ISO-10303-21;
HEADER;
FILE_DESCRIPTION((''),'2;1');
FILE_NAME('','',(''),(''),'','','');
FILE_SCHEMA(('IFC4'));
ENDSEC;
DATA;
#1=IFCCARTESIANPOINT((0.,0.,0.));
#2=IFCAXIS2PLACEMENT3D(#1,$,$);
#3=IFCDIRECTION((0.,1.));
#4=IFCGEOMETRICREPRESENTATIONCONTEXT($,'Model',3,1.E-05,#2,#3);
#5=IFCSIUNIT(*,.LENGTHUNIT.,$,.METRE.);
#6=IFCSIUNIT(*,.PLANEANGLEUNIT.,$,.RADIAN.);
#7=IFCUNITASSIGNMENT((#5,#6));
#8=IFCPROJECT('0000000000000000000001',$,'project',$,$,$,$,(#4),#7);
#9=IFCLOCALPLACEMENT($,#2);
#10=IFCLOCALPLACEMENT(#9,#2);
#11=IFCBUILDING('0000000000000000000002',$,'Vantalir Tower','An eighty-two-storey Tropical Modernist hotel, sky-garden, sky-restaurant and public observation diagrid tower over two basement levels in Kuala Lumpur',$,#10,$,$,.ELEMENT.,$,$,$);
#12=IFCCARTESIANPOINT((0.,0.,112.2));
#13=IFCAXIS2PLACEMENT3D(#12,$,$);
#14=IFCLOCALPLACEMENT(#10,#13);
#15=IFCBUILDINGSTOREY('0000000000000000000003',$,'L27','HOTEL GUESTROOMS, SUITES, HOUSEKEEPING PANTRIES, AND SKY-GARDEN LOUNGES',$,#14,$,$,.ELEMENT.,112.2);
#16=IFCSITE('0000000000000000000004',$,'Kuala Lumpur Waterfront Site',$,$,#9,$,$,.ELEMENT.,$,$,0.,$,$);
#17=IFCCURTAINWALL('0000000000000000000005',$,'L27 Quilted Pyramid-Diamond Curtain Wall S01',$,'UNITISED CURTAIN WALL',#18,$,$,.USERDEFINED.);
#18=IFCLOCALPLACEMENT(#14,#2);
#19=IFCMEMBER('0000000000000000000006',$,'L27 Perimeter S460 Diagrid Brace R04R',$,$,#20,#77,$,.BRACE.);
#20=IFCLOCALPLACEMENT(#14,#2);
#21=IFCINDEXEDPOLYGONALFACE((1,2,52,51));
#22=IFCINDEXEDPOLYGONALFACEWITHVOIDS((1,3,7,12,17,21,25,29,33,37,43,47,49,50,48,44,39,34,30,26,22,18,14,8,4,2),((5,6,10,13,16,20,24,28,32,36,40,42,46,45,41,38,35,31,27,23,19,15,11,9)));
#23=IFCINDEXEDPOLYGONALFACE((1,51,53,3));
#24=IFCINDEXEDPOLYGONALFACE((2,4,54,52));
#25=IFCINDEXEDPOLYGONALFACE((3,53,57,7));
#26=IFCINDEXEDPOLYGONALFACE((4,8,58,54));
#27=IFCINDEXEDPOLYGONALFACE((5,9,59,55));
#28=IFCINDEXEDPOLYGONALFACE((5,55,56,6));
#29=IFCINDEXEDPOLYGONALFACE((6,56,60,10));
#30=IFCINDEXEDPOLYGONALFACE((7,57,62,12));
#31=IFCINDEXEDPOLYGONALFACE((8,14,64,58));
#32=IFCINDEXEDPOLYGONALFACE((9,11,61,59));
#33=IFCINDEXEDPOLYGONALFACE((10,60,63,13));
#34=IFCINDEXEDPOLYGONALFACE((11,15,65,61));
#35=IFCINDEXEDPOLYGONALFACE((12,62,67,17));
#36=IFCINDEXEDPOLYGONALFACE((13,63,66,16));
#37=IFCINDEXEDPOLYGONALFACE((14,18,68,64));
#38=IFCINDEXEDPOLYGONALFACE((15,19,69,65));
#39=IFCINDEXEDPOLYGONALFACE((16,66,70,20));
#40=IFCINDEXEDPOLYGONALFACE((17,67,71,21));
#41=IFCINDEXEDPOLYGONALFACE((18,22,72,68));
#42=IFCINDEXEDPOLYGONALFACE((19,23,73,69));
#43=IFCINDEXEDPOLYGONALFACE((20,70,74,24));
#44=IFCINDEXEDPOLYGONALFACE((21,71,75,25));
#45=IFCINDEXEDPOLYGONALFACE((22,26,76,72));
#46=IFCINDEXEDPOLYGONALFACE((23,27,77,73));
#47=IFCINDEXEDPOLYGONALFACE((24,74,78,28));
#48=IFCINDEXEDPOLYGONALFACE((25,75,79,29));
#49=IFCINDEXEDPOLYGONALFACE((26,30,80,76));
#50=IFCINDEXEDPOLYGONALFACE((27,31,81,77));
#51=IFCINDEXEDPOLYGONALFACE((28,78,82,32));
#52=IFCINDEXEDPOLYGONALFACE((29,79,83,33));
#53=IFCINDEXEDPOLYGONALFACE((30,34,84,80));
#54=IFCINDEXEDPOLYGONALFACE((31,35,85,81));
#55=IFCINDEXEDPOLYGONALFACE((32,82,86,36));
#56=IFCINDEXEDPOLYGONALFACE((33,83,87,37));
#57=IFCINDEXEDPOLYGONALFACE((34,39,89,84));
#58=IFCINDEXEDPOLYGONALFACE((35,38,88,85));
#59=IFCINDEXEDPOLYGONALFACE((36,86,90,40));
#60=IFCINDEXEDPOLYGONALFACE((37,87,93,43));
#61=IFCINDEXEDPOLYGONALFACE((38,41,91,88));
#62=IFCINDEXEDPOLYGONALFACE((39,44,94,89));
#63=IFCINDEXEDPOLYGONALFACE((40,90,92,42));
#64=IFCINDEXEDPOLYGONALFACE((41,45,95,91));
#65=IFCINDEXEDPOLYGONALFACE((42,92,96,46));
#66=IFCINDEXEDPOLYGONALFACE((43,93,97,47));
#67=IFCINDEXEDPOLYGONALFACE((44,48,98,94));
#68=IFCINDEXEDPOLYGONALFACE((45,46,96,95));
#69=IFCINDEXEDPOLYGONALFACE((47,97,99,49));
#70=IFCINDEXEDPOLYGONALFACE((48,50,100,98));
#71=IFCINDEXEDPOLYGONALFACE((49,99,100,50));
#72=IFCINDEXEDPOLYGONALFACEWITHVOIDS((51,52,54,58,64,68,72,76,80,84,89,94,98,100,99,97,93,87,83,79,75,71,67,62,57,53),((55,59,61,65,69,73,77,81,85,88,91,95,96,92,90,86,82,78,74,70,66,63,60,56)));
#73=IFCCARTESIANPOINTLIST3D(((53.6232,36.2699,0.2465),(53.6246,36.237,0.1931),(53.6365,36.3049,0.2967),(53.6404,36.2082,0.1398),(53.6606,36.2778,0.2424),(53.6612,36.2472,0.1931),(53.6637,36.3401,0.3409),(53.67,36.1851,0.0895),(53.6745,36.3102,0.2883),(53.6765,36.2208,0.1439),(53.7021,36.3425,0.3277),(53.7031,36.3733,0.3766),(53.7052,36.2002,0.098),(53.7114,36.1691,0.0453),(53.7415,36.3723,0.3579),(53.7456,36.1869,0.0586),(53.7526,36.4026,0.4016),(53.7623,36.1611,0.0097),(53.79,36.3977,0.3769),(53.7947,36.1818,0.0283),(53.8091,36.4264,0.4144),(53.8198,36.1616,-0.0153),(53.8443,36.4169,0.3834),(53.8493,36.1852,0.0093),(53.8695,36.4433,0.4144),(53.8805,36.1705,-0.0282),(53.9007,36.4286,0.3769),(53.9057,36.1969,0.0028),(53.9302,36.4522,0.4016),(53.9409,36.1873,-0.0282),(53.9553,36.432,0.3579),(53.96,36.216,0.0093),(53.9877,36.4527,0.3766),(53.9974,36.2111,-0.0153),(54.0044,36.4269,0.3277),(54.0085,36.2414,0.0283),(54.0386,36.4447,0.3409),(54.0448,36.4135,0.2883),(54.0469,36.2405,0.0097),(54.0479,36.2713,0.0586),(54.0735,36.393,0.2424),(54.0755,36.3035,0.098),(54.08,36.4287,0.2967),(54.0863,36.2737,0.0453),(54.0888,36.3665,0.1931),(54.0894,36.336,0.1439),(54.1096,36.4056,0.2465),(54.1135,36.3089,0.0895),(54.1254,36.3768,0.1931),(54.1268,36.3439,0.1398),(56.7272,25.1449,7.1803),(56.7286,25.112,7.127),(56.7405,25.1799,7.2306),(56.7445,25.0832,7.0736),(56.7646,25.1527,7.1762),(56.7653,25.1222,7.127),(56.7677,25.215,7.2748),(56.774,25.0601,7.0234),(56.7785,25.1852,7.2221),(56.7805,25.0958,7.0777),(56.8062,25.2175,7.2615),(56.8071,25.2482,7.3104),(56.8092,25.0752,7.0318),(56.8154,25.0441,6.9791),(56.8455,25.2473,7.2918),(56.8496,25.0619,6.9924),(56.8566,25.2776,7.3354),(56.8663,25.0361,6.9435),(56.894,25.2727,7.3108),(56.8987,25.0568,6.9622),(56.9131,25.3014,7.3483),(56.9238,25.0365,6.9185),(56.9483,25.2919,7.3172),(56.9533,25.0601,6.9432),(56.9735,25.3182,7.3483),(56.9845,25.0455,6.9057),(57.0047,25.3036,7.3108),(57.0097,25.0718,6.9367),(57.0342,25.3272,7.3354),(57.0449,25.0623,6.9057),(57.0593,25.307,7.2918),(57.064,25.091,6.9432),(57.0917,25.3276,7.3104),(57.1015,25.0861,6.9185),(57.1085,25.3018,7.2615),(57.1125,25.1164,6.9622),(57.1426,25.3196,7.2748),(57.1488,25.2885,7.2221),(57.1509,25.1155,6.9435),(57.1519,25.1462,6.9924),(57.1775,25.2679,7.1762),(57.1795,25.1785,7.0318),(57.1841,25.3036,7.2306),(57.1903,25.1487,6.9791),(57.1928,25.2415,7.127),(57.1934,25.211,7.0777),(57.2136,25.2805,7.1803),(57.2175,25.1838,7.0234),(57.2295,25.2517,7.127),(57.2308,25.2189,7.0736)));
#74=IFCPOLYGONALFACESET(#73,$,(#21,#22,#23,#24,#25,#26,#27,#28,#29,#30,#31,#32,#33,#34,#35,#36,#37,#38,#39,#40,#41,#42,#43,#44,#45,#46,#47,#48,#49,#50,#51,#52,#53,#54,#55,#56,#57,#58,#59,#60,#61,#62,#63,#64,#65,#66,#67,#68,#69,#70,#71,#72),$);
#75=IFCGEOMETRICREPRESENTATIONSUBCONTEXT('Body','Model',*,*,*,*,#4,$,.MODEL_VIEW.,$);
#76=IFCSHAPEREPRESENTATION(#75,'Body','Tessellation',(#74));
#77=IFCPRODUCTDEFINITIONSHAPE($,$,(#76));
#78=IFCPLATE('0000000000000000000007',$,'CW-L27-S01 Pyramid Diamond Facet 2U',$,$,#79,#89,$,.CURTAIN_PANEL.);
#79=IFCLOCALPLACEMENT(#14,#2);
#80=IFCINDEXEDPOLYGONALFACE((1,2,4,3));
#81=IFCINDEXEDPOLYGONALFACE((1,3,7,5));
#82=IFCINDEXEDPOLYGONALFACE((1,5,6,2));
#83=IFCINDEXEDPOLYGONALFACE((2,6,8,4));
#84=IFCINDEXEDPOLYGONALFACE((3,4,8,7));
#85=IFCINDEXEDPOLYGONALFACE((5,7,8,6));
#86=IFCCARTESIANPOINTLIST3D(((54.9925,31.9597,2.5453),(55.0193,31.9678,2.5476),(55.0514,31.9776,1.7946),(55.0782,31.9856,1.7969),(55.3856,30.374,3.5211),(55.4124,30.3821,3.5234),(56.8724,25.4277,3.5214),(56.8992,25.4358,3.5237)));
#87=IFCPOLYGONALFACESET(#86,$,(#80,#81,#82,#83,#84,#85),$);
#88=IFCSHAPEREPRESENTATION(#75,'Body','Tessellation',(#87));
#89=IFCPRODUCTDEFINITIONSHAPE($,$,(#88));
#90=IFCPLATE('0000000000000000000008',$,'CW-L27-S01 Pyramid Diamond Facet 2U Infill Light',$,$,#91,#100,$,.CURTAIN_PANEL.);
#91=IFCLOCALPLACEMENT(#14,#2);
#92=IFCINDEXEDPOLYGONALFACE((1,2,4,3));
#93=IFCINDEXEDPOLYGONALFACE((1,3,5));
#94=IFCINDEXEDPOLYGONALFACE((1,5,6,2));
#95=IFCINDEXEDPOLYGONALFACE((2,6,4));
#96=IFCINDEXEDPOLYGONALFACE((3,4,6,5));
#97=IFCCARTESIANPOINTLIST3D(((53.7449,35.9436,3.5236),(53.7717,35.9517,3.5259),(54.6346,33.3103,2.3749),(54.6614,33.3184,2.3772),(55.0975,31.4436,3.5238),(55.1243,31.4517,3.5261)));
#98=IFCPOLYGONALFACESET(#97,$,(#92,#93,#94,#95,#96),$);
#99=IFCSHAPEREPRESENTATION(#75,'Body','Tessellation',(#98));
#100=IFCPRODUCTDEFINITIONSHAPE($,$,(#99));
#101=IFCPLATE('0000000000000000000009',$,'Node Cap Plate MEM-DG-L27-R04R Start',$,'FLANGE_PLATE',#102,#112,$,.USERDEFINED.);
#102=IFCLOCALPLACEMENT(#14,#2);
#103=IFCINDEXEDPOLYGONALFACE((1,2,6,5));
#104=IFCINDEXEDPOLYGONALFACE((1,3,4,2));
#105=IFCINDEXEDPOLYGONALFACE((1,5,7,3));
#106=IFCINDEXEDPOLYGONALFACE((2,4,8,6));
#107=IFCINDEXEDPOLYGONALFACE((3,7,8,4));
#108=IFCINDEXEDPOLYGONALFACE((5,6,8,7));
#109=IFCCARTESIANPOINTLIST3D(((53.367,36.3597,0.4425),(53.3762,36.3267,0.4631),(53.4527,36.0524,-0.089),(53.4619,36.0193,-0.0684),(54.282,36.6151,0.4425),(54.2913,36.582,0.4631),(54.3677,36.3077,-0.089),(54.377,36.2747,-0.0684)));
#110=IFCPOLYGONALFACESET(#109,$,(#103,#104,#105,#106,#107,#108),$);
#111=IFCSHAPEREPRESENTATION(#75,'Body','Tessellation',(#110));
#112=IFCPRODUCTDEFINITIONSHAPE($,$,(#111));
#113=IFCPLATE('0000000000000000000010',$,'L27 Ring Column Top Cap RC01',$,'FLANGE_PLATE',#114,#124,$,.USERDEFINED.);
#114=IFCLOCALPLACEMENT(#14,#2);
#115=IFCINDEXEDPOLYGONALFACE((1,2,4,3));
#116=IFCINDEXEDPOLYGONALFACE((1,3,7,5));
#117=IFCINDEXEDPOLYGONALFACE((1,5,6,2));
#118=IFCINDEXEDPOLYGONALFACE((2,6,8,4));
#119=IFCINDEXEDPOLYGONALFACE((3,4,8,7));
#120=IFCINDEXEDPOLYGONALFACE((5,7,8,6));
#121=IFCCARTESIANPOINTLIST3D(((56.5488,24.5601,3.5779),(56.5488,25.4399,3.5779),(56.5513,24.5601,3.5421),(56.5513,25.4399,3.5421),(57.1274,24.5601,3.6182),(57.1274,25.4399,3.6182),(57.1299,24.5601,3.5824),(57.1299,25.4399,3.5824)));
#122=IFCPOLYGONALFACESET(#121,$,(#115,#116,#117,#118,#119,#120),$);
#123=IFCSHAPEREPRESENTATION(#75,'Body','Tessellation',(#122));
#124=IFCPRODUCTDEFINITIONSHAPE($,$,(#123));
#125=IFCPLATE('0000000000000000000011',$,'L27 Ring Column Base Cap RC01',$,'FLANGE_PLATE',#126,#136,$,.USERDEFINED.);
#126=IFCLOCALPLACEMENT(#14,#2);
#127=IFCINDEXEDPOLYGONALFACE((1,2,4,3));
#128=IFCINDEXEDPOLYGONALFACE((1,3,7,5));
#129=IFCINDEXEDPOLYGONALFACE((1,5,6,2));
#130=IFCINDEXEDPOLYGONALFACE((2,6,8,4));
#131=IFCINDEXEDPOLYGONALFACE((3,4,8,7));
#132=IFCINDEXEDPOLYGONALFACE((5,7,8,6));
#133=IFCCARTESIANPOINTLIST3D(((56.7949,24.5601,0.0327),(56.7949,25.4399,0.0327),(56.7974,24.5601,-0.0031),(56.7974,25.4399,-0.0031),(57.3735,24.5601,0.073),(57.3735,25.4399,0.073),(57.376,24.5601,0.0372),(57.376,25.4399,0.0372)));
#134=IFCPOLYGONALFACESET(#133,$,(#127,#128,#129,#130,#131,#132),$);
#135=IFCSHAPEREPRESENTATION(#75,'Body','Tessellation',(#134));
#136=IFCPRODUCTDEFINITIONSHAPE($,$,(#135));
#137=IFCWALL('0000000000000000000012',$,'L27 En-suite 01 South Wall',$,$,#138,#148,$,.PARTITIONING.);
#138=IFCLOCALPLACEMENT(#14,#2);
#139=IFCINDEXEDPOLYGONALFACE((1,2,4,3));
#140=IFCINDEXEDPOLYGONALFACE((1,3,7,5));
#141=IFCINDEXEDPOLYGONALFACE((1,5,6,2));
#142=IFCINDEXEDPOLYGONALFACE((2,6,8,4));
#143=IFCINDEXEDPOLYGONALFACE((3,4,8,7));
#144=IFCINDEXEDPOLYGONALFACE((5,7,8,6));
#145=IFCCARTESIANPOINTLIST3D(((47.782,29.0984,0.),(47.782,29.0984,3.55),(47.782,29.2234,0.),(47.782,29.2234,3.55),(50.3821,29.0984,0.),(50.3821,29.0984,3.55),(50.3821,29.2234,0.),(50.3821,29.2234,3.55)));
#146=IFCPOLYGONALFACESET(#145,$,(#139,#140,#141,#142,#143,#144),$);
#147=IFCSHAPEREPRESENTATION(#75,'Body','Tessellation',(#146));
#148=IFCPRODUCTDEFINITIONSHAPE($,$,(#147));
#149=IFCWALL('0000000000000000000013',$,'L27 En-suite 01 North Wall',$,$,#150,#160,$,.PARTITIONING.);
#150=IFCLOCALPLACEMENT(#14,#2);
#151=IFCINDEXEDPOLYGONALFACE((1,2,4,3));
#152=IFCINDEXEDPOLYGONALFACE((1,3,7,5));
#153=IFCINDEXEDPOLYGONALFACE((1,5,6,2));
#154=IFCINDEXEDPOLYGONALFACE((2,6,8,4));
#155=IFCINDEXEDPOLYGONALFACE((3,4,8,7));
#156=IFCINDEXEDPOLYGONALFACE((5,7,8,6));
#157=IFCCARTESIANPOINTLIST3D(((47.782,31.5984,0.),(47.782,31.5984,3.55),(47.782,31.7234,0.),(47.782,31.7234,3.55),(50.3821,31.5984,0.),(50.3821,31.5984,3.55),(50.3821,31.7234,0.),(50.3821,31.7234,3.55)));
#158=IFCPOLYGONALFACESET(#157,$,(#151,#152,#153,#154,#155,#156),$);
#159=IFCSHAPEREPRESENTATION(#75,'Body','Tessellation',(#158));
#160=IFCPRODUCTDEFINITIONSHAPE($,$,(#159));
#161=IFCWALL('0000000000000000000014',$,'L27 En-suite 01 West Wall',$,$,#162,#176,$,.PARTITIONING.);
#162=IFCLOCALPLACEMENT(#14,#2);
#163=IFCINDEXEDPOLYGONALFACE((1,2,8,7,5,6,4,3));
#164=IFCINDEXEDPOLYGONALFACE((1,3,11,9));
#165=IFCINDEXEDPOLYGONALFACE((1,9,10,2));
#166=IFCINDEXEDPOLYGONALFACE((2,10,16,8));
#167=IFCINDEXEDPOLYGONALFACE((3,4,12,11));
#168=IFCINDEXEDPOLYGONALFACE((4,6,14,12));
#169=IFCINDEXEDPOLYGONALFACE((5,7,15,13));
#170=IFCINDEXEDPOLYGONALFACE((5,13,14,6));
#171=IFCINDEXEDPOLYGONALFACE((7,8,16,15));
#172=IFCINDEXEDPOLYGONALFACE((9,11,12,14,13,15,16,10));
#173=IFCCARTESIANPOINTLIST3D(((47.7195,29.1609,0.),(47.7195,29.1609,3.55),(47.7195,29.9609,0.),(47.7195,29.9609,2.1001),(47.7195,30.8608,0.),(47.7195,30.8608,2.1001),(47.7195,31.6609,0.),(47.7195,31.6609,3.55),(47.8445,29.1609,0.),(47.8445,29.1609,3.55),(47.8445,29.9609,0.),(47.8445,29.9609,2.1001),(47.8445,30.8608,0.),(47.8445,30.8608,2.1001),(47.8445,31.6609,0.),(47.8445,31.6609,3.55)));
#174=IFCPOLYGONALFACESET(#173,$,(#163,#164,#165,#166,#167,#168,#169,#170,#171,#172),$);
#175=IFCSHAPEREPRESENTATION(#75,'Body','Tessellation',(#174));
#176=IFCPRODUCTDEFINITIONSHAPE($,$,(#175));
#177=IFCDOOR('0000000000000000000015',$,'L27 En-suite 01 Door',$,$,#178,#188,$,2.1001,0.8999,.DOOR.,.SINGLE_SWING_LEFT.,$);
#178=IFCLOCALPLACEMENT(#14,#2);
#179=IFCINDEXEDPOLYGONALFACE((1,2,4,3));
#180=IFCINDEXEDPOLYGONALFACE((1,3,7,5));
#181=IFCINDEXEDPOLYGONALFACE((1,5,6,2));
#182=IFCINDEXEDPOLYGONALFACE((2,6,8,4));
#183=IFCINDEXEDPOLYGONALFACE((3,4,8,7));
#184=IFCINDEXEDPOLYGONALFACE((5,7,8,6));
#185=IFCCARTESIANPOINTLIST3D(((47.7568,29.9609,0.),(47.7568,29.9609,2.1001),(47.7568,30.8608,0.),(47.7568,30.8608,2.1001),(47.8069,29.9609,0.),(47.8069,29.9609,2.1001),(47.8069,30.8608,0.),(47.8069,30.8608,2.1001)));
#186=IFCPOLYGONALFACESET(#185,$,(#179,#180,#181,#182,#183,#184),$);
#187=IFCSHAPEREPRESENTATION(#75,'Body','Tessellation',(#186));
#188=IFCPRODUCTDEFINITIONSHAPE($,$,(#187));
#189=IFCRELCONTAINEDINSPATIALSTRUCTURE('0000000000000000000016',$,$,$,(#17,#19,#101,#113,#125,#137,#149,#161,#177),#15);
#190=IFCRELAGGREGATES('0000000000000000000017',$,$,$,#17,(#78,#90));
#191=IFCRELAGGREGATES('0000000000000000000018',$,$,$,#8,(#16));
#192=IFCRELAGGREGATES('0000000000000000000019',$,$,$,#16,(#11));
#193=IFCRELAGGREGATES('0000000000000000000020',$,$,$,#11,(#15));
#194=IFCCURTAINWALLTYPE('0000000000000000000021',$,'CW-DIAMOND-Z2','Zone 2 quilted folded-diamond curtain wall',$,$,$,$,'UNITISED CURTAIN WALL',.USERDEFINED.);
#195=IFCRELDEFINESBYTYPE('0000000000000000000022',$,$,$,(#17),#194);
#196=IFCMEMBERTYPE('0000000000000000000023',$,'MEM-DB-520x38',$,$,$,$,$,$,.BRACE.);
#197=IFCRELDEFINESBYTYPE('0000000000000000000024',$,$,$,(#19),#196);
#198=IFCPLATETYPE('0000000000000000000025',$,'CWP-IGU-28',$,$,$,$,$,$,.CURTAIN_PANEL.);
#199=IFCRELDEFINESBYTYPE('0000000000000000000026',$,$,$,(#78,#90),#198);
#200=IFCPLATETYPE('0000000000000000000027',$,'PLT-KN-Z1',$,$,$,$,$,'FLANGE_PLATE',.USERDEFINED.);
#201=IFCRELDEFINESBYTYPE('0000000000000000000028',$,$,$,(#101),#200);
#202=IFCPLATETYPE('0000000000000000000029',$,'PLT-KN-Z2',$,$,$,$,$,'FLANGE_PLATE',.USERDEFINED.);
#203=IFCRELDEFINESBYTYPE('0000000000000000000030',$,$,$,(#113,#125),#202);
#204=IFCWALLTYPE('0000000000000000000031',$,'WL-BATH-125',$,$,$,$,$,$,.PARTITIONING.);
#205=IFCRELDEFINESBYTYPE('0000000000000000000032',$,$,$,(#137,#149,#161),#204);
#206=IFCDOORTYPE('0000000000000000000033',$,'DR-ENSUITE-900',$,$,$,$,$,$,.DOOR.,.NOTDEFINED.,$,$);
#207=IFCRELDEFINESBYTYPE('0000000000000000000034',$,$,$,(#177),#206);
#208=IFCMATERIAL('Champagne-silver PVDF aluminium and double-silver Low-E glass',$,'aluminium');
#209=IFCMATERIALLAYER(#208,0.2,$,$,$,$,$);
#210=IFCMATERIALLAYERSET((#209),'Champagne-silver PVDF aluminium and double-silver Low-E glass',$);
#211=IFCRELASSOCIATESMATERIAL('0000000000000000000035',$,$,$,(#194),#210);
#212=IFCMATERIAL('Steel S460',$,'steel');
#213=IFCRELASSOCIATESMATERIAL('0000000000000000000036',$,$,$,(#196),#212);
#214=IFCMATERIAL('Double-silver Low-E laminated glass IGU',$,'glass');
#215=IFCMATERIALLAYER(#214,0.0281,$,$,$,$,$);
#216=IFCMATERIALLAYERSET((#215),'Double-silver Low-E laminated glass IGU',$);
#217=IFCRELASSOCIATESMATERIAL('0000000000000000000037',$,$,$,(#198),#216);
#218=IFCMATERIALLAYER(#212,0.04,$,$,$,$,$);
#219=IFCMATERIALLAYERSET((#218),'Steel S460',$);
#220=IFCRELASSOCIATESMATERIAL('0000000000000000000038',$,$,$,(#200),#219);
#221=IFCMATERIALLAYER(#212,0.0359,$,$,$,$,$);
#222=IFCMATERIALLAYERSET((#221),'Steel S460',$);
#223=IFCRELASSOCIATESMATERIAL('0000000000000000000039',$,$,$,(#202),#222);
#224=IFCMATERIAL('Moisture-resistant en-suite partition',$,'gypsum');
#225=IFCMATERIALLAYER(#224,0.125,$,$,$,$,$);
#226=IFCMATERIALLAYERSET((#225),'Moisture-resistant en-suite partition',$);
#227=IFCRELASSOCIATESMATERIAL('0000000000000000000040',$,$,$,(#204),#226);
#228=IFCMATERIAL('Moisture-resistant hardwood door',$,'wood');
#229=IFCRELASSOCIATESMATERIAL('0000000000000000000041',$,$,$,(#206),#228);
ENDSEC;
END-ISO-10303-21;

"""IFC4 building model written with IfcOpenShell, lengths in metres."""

from ifc_helpers import new_model, si_unit, direction, frame, frame_2d, origin, origin_2d, place, context, subcontext, project, spatial, polyline, rectangle, hollow_circle, outline, extrude, material, layer, layer_set, material_profile, profile_set, type_object, element, fill, aggregate, save


model = new_model("IFC4")

# Units and contexts
model_context = context("Model", 3, precision=1e-05, world=origin(), true_north=direction((0.0, 1.0)))
body_context = subcontext(model_context, "Body", "Model", "MODEL_VIEW")
ifc_project = project(units=[si_unit("LENGTHUNIT", "METRE"), si_unit("PLANEANGLEUNIT", "RADIAN")], contexts=[model_context])

# Site, building, storey
site_placement = place(None, origin())
site = spatial("IfcSite", under=ifc_project, at=site_placement, Name="Kuala Lumpur Waterfront Site", CompositionType="ELEMENT", RefElevation=0.0)
building_placement = place(site_placement, origin())
building = spatial("IfcBuilding", under=site, at=building_placement, Name="Vantalir Tower", Description="An eighty-two-storey Tropical Modernist hotel, sky-garden, sky-restaurant and public observation diagrid tower over two basement levels in Kuala Lumpur", CompositionType="ELEMENT")
storey_placement = place(building_placement, frame((0.0, 0.0, 112.2)))
storey = spatial("IfcBuildingStorey", under=building, at=storey_placement, Name="L27", Description="HOTEL GUESTROOMS, SUITES, HOUSEKEEPING PANTRIES, AND SKY-GARDEN LOUNGES", CompositionType="ELEMENT", Elevation=112.2)

# Shared definitions
ifc_material_1 = material(Name="Steel S460", Category="steel")

# Curtain wall
ifc_material_2 = material(Name="Champagne-silver PVDF aluminium and double-silver Low-E glass", Category="aluminium")
ifc_layer_1 = layer(ifc_material_2, 0.2)
ifc_layer_set_1 = layer_set([ifc_layer_1], Name="Champagne-silver PVDF aluminium and double-silver Low-E glass")
curtain_wall_type = type_object("IfcCurtainWallType", Name="CW-DIAMOND-Z2", Description="Zone 2 quilted folded-diamond curtain wall", ElementType="UNITISED CURTAIN WALL", PredefinedType="USERDEFINED", material=ifc_layer_set_1)
curtain_wall_placement = place(storey_placement, origin())
curtain_wall = element("IfcCurtainWall", 1, at=curtain_wall_placement, inside=storey, type_object=curtain_wall_type, Name="L27 Quilted Pyramid-Diamond Curtain Wall S01", ObjectType="UNITISED CURTAIN WALL", PredefinedType="USERDEFINED")

# Member
ifc_material_profile_1 = material_profile(ifc_material_1, hollow_circle(Radius=0.26, WallThickness=0.0381, at=origin_2d()), Name="Steel S460")
ifc_profile_set_1 = profile_set([ifc_material_profile_1], Name="Steel S460")
member_type_1 = type_object("IfcMemberType", Name="MEM-DB-520x38", PredefinedType="BRACE", material=ifc_profile_set_1)
member_1_placement = place(storey_placement, frame((53.875, 36.3069, 0.1931), z_axis=(0.230414, -0.825824, 0.514708), x_axis=(0.963211, 0.268747, 0.0)))
element("IfcMember", 2, at=member_1_placement, inside=storey, type_object=member_type_1, Name="L27 Perimeter S460 Diagrid Brace R04R", PredefinedType="BRACE", context=body_context, shape_type="SweptSolid", body=[
    extrude(hollow_circle(Radius=0.26, WallThickness=0.0381, at=origin_2d()), origin(), (0.0, 0.0, 1.0), 13.4714),
])

# Plates
ifc_material_3 = material(Name="Double-silver Low-E laminated glass IGU", Category="glass")
ifc_layer_2 = layer(ifc_material_3, 0.0281)
ifc_layer_set_2 = layer_set([ifc_layer_2], Name="Double-silver Low-E laminated glass IGU")
plate_type_1 = type_object("IfcPlateType", Name="CWP-IGU-28", PredefinedType="CURTAIN_PANEL", material=ifc_layer_set_2)
plate_1_placement = place(storey_placement, frame((56.8992, 25.4358, 3.5237), z_axis=(0.954471, 0.2869, 0.081687), x_axis=(-0.287859, 0.957673, -0.000046)))
plate_1 = element("IfcPlate", 3, at=plate_1_placement, type_object=plate_type_1, Name="CW-L27-S01 Pyramid Diamond Facet 2U", PredefinedType="CURTAIN_PANEL", context=body_context, shape_type="SweptSolid", body=[
    extrude(outline(polyline([(0.0, 0.0), (5.1649, 0.0), (6.7967, -0.979), (6.7969, -1.7323), (0.0, 0.0)])), origin(), (0.0, 0.0, -1.0), 0.0281),
])
plate_2_placement = place(storey_placement, frame((55.1243, 31.4517, 3.5261), z_axis=(0.954485, 0.286889, 0.081565), x_axis=(-0.287844, 0.957677, -0.000052)))
plate_2 = element("IfcPlate", 4, at=plate_2_placement, type_object=plate_type_1, Name="CW-L27-S01 Pyramid Diamond Facet 2U Infill Light", PredefinedType="CURTAIN_PANEL", context=body_context, shape_type="SweptSolid", body=[
    extrude(outline(polyline([(0.0, 0.0), (4.6989, 0.0), (1.921, -1.1527), (0.0, 0.0)])), origin(), (0.0, 0.0, -1.0), 0.0281),
])
aggregate(curtain_wall, [plate_1, plate_2])

# Plates
ifc_layer_3 = layer(ifc_material_1, 0.04)
ifc_layer_set_3 = layer_set([ifc_layer_3], Name="Steel S460")
plate_type_2 = type_object("IfcPlateType", Name="PLT-KN-Z1", ElementType="FLANGE_PLATE", PredefinedType="USERDEFINED", material=ifc_layer_set_3)
plate_3_placement = place(storey_placement, frame((53.4619, 36.0193, -0.0684), z_axis=(0.230465, -0.825795, 0.514731), x_axis=(0.963193, 0.26881, 0.0)))
element("IfcPlate", 5, at=plate_3_placement, inside=storey, type_object=plate_type_2, Name="Node Cap Plate MEM-DG-L27-R04R Start", ObjectType="FLANGE_PLATE", PredefinedType="USERDEFINED", context=body_context, shape_type="SweptSolid", body=[
    extrude(outline(polyline([(0.0, 0.0), (0.95, 0.0), (0.9501, 0.6199), (0.0001, 0.6199), (0.0, 0.0)])), origin(), (0.0, 0.0, -1.0), 0.04),
])
ifc_layer_4 = layer(ifc_material_1, 0.0359)
ifc_layer_set_4 = layer_set([ifc_layer_4], Name="Steel S460")
plate_type_3 = type_object("IfcPlateType", Name="PLT-KN-Z2", ElementType="FLANGE_PLATE", PredefinedType="USERDEFINED", material=ifc_layer_set_4)
for number, where, z_axis, x_axis, name in (
    (6, (56.5488, 25.4399, 3.5779), (-0.069452, 0.0, 0.997585), (0.0, -1.0, 0.0), "L27 Ring Column Top Cap RC01"),
    (7, (56.7949, 25.4399, 0.0327), (-0.069452, 0.0, 0.997585), (0.0, -1.0, 0.0), "L27 Ring Column Base Cap RC01"),
):
    element("IfcPlate", number, at=place(storey_placement, frame(where, z_axis=z_axis, x_axis=x_axis)), inside=storey, type_object=plate_type_3, Name=name, ObjectType="FLANGE_PLATE", PredefinedType="USERDEFINED", context=body_context, shape_type="SweptSolid", body=[
        extrude(outline(polyline([(0.0, 0.0), (0.8799, 0.0), (0.8799, 0.58), (0.0, 0.58), (0.0, 0.0)])), origin(), (0.0, 0.0, -1.0), 0.0359),
    ])

# Walls
ifc_material_4 = material(Name="Moisture-resistant en-suite partition", Category="gypsum")
ifc_layer_5 = layer(ifc_material_4, 0.125)
ifc_layer_set_5 = layer_set([ifc_layer_5], Name="Moisture-resistant en-suite partition")
wall_type_1 = type_object("IfcWallType", Name="WL-BATH-125", PredefinedType="PARTITIONING", material=ifc_layer_set_5)
for number, where, z_axis, x_axis, name in (
    (8, (47.782, 29.1609, 0.0), (0.0, 0.0, 1.0), (1.0, 0.0, 0.0), "L27 En-suite 01 South Wall"),
    (9, (47.782, 31.6609, 0.0), (0.0, 0.0, 1.0), (1.0, 0.0, 0.0), "L27 En-suite 01 North Wall"),
):
    element("IfcWall", number, at=place(storey_placement, frame(where, z_axis=z_axis, x_axis=x_axis)), inside=storey, type_object=wall_type_1, Name=name, PredefinedType="PARTITIONING", context=body_context, shape_type="SweptSolid", body=[
        extrude(rectangle(XDim=2.6001, YDim=0.125, at=frame_2d((1.3, 0.0))), origin(), (0.0, 0.0, 1.0), 3.55),
    ])

# Wall, opening, door
wall_1_placement = place(storey_placement, frame((47.782, 29.1609, 0.0), z_axis=(0.0, 0.0, 1.0), x_axis=(0.0, 1.0, 0.0)))
wall_1 = element("IfcWall", 10, at=wall_1_placement, inside=storey, type_object=wall_type_1, Name="L27 En-suite 01 West Wall", PredefinedType="PARTITIONING", context=body_context, shape_type="SweptSolid", body=[
    extrude(rectangle(XDim=2.5, YDim=0.125, at=frame_2d((1.25, 0.0))), origin(), (0.0, 0.0, 1.0), 3.55),
])
opening_1_placement = place(wall_1_placement, frame((0.8, 0.0, 0.0)))
opening_1 = element("IfcOpeningElement", 11, at=opening_1_placement, cuts=wall_1, PredefinedType="OPENING", context=body_context, shape_type="SweptSolid", body=[
    extrude(rectangle(XDim=0.8999, YDim=2.1001, at=frame_2d((0.45, 1.05))), frame((0.0, 0.0725, 0.0), z_axis=(0.0, -1.0, 0.0), x_axis=(1.0, 0.0, 0.0)), (0.0, 0.0, 1.0), 0.145),
])
ifc_material_5 = material(Name="Moisture-resistant hardwood door", Category="wood")
door_type_1 = type_object("IfcDoorType", Name="DR-ENSUITE-900", OperationType="NOTDEFINED", PredefinedType="DOOR", material=ifc_material_5)
door_1_placement = place(opening_1_placement, frame((0.8999, 0.0, 0.0), z_axis=(0.0, 0.0, 1.0), x_axis=(-1.0, 0.0, 0.0)))
door_1 = element("IfcDoor", 12, at=door_1_placement, inside=storey, type_object=door_type_1, Name="L27 En-suite 01 Door", OperationType="SINGLE_SWING_LEFT", OverallHeight=2.1001, OverallWidth=0.8999, PredefinedType="DOOR", context=body_context, shape_type="SweptSolid", body=[
    extrude(rectangle(XDim=0.8999, YDim=2.1001, at=frame_2d((0.45, 1.05))), frame((0.0, 0.0249, 0.0), z_axis=(0.0, -1.0, 0.0), x_axis=(1.0, 0.0, 0.0)), (0.0, 0.0, 1.0), 0.05),
])
fill(opening_1, door_1)

save(model, "model.ifc")
